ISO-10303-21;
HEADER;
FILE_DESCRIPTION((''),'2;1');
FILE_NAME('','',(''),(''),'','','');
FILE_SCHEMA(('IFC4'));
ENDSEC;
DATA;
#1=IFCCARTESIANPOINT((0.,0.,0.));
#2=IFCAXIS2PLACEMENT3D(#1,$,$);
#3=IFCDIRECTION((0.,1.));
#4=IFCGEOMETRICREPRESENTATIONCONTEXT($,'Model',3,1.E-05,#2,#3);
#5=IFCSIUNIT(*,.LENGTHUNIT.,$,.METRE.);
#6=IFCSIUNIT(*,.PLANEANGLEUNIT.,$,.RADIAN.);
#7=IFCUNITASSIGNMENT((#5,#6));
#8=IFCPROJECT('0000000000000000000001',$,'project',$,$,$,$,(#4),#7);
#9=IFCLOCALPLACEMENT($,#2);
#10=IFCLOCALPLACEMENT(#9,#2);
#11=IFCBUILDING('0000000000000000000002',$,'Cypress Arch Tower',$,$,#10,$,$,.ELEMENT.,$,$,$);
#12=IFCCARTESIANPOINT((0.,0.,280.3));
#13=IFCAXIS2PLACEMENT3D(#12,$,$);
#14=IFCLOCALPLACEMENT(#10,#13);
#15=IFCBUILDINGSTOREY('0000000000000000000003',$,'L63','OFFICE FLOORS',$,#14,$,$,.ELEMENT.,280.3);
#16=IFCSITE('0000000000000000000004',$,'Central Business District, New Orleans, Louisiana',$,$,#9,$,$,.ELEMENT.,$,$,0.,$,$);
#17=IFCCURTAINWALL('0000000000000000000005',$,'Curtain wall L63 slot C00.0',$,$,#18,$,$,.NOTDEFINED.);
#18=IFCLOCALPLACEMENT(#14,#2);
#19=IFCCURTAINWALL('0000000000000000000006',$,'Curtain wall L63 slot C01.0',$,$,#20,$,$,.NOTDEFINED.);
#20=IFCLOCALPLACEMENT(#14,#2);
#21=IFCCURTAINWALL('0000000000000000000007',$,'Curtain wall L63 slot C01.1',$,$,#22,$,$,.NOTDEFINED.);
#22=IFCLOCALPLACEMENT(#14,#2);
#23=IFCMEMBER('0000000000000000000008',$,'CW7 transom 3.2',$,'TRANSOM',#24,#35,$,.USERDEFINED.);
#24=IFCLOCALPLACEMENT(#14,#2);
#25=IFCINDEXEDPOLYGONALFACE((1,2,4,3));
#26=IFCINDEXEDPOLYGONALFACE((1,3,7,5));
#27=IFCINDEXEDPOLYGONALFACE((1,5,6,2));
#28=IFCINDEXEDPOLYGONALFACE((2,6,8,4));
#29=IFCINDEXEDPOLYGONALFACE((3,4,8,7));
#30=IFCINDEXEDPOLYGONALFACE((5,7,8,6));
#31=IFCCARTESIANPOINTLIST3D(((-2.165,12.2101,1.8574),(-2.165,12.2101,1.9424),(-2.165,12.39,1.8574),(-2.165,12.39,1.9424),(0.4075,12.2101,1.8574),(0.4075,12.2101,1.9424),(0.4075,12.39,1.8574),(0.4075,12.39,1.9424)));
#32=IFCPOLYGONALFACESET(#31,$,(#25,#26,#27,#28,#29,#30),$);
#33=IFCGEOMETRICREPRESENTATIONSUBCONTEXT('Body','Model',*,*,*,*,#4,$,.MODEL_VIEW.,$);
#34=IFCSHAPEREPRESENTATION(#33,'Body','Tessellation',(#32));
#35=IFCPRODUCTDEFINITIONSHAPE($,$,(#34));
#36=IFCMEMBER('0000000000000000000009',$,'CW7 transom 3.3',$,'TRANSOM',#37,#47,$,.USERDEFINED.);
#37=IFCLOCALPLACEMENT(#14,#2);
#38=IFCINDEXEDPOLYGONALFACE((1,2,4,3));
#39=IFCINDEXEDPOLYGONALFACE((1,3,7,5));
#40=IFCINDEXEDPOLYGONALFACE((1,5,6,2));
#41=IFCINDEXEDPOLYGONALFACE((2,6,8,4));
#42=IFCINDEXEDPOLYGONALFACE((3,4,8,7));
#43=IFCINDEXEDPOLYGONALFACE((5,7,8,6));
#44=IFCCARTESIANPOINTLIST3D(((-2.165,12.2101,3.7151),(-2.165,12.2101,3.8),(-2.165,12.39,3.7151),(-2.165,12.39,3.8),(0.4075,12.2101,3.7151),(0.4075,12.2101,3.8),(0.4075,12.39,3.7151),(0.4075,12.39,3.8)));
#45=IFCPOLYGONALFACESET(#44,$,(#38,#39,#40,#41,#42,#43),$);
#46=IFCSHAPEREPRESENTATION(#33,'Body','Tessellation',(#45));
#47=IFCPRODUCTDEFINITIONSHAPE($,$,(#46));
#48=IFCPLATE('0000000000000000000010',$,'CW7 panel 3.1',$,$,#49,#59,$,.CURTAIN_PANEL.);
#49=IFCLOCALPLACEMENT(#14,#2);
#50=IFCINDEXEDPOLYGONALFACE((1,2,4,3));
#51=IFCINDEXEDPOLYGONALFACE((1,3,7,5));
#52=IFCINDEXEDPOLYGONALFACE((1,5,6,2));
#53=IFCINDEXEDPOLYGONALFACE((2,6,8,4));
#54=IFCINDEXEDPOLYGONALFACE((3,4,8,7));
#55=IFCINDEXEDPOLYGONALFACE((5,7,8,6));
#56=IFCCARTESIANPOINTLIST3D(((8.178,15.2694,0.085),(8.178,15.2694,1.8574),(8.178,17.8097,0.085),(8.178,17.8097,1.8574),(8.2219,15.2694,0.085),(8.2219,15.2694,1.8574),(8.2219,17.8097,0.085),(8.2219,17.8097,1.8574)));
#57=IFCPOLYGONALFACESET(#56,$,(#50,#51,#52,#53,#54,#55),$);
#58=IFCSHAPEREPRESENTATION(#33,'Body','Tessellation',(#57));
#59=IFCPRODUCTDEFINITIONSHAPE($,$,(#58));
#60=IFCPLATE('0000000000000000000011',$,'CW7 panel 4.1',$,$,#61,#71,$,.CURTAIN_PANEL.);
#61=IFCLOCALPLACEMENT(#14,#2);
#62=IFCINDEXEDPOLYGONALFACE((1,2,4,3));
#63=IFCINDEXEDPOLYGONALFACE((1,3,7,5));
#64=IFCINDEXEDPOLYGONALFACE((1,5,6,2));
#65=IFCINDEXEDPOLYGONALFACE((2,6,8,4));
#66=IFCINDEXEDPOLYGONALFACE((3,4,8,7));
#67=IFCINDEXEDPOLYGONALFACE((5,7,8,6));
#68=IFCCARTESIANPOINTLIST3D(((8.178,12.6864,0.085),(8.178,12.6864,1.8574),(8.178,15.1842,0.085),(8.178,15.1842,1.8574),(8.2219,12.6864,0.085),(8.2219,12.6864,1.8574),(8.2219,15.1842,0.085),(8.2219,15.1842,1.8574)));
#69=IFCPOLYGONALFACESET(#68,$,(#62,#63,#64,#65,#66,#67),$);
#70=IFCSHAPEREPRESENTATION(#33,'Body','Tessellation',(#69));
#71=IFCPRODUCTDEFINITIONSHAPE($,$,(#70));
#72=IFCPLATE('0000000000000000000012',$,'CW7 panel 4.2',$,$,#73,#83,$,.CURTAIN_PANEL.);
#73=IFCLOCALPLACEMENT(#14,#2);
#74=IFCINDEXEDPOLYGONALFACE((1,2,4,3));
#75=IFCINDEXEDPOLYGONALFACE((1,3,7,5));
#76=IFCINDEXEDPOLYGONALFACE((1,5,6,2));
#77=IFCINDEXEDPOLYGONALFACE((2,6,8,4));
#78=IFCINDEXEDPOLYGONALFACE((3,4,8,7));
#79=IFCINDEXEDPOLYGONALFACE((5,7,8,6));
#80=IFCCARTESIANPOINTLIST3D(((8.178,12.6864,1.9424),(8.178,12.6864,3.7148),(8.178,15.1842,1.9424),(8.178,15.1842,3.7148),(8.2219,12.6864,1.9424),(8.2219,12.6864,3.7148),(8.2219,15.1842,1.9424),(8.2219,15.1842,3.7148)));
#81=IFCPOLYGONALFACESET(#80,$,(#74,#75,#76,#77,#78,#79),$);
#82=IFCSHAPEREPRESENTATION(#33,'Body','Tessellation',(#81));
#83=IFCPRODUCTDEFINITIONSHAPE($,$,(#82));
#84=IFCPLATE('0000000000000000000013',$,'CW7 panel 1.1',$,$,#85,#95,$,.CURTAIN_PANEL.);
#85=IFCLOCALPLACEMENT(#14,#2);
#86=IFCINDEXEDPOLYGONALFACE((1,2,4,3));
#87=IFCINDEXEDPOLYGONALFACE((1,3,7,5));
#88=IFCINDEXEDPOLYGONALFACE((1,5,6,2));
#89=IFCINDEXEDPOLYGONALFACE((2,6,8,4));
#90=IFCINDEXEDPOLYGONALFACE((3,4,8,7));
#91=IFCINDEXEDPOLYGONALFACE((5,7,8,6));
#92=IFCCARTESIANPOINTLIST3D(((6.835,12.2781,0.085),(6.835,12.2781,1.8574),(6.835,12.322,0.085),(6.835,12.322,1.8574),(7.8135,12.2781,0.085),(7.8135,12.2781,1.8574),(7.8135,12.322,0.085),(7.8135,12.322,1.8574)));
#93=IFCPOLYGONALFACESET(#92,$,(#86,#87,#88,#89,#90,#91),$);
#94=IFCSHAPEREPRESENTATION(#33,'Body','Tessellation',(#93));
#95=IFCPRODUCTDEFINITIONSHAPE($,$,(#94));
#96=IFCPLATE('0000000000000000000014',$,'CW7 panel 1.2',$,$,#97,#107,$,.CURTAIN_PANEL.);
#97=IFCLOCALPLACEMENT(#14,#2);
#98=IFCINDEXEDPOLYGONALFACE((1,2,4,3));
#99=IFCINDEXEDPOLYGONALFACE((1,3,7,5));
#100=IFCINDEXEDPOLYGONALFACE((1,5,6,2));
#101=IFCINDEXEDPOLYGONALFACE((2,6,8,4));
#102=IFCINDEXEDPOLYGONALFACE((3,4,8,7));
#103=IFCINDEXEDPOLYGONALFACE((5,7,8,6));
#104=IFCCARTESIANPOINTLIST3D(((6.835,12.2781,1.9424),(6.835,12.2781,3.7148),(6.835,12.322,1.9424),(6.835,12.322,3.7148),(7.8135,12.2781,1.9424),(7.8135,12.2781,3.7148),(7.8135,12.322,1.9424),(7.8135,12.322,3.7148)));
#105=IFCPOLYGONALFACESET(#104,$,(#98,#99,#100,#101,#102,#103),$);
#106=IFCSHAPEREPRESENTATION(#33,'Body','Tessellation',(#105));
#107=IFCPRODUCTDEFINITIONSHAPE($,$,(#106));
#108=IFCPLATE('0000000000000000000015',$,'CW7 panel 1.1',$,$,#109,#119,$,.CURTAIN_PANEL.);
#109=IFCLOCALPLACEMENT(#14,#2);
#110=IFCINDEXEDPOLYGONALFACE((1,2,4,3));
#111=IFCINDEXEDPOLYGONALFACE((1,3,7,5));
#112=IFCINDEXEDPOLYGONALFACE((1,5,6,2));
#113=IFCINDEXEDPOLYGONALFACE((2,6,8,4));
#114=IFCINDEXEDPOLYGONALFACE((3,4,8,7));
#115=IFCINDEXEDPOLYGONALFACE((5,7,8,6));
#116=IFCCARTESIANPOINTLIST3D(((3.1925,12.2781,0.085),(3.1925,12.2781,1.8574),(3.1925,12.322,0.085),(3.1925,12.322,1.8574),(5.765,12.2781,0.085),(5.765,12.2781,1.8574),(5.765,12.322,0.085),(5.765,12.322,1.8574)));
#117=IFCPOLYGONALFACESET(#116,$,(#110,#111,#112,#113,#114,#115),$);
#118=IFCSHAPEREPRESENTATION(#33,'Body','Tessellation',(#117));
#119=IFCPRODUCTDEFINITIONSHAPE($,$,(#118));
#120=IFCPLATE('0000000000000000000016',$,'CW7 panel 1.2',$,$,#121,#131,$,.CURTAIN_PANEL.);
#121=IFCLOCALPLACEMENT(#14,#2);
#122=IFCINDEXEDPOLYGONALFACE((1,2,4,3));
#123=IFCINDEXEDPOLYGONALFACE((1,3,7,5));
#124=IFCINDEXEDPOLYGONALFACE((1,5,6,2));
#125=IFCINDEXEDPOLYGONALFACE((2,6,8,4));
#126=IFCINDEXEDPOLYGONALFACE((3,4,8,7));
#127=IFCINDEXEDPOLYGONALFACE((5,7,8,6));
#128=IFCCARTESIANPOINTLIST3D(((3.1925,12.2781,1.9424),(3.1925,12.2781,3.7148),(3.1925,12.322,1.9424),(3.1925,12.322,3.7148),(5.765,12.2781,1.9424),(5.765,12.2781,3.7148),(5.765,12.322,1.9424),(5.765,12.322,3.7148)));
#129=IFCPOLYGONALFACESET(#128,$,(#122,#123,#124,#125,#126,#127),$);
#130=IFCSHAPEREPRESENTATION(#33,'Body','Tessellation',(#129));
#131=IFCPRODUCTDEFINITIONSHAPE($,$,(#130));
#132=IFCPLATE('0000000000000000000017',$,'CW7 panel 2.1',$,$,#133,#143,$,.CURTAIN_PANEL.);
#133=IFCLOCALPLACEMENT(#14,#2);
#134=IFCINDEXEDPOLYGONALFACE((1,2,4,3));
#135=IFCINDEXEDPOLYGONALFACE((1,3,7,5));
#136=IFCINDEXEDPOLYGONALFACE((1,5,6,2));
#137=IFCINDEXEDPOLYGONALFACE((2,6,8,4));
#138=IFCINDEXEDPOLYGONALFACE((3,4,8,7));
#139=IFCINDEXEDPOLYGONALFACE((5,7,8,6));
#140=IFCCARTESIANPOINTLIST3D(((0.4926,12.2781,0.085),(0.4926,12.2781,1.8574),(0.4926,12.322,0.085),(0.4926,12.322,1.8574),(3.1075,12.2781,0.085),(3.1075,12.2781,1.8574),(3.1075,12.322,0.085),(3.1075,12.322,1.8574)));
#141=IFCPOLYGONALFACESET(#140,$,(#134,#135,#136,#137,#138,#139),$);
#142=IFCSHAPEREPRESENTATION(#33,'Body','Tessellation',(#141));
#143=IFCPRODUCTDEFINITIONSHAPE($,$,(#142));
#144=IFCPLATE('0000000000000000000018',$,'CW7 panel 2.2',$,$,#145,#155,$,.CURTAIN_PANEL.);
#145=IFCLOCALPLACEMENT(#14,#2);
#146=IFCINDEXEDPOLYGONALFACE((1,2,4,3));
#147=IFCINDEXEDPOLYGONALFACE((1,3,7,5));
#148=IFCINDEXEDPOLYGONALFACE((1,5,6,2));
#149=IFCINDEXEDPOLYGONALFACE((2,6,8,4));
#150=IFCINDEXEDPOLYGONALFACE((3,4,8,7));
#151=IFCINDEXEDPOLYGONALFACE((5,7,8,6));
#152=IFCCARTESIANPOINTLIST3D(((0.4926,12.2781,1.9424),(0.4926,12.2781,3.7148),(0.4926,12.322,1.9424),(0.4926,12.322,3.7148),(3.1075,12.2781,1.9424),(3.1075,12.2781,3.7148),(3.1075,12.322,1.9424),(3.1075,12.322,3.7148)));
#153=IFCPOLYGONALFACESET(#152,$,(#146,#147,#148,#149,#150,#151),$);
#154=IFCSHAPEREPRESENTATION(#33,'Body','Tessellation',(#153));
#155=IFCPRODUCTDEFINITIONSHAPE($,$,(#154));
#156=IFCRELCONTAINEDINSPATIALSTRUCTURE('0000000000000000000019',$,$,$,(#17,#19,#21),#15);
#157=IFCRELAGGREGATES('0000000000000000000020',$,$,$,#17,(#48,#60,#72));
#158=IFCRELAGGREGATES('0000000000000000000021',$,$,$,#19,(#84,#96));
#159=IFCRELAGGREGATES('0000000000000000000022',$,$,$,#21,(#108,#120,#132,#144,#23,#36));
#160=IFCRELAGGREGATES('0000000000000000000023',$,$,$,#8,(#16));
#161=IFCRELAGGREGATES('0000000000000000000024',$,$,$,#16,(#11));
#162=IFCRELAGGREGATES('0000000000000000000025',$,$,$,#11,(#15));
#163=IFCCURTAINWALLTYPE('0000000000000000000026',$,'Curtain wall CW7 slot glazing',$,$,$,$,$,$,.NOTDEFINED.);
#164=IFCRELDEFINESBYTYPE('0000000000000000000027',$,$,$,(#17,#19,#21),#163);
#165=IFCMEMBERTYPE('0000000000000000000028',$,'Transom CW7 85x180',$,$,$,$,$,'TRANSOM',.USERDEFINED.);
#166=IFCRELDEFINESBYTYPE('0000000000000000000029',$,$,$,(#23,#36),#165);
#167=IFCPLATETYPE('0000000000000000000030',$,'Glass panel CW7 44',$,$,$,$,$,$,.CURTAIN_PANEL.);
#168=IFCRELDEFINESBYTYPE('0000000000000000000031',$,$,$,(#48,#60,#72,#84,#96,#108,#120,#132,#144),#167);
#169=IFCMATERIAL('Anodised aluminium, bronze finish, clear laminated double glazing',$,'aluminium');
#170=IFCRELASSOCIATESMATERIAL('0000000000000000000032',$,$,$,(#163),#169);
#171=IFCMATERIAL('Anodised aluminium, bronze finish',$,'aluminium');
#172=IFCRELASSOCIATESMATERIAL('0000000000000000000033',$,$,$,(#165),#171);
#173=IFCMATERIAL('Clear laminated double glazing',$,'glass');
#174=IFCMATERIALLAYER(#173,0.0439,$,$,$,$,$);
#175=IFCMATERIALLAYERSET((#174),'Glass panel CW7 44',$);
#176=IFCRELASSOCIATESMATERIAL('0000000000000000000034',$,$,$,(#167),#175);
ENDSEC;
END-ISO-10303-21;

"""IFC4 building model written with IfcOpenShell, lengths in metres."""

from ifc_helpers import new_model, si_unit, direction, frame, origin, origin_2d, place, context, subcontext, project, spatial, rectangle, extrude, material, layer, layer_set, material_profile, profile_set, type_object, element, aggregate, save


model = new_model("IFC4")

# Units and contexts
model_context = context("Model", 3, precision=1e-05, world=origin(), true_north=direction((0.0, 1.0)))
body_context = subcontext(model_context, "Body", "Model", "MODEL_VIEW")
ifc_project = project(units=[si_unit("LENGTHUNIT", "METRE"), si_unit("PLANEANGLEUNIT", "RADIAN")], contexts=[model_context])

# Site, building, storey
site_placement = place(None, origin())
site = spatial("IfcSite", under=ifc_project, at=site_placement, Name="Central Business District, New Orleans, Louisiana", CompositionType="ELEMENT", RefElevation=0.0)
building_placement = place(site_placement, origin())
building = spatial("IfcBuilding", under=site, at=building_placement, Name="Cypress Arch Tower", CompositionType="ELEMENT")
storey_placement = place(building_placement, frame((0.0, 0.0, 280.3)))
storey = spatial("IfcBuildingStorey", under=building, at=storey_placement, Name="L63", Description="OFFICE FLOORS", CompositionType="ELEMENT", Elevation=280.3)

# Curtain walls
ifc_material_1 = material(Name="Anodised aluminium, bronze finish, clear laminated double glazing", Category="aluminium")
curtain_wall_type = type_object("IfcCurtainWallType", Name="Curtain wall CW7 slot glazing", PredefinedType="NOTDEFINED", material=ifc_material_1)
curtain_wall_1_placement = place(storey_placement, origin())
curtain_wall_1 = element("IfcCurtainWall", 1, at=curtain_wall_1_placement, inside=storey, type_object=curtain_wall_type, Name="Curtain wall L63 slot C00.0", PredefinedType="NOTDEFINED")
curtain_wall_2_placement = place(storey_placement, origin())
curtain_wall_2 = element("IfcCurtainWall", 2, at=curtain_wall_2_placement, inside=storey, type_object=curtain_wall_type, Name="Curtain wall L63 slot C01.0", PredefinedType="NOTDEFINED")
curtain_wall_3_placement = place(storey_placement, origin())
curtain_wall_3 = element("IfcCurtainWall", 3, at=curtain_wall_3_placement, inside=storey, type_object=curtain_wall_type, Name="Curtain wall L63 slot C01.1", PredefinedType="NOTDEFINED")

# Members
ifc_material_2 = material(Name="Anodised aluminium, bronze finish", Category="aluminium")
ifc_material_profile_1 = material_profile(ifc_material_2, rectangle(XDim=0.1799, YDim=0.085, at=origin_2d()), Name="Transom 85x180")
ifc_profile_set_1 = profile_set([ifc_material_profile_1], Name="Anodised aluminium, bronze finish")
member_type_1 = type_object("IfcMemberType", Name="Transom CW7 85x180", ElementType="TRANSOM", PredefinedType="USERDEFINED", material=ifc_profile_set_1)
member_1_placement = place(storey_placement, frame((0.4075, 12.3, 1.8999), z_axis=(-1.0, 0.0, 0.0), x_axis=(0.0, -1.0, 0.0)))
member_1 = element("IfcMember", 4, at=member_1_placement, type_object=member_type_1, Name="CW7 transom 3.2", ObjectType="TRANSOM", PredefinedType="USERDEFINED", context=body_context, shape_type="SweptSolid", body=[
    extrude(rectangle(XDim=0.1799, YDim=0.085, at=origin_2d()), origin(), (0.0, 0.0, 1.0), 2.5725),
])
member_2_placement = place(storey_placement, frame((0.4075, 12.3, 3.7576), z_axis=(-1.0, 0.0, 0.0), x_axis=(0.0, -1.0, 0.0)))
member_2 = element("IfcMember", 5, at=member_2_placement, type_object=member_type_1, Name="CW7 transom 3.3", ObjectType="TRANSOM", PredefinedType="USERDEFINED", context=body_context, shape_type="SweptSolid", body=[
    extrude(rectangle(XDim=0.1799, YDim=0.085, at=origin_2d()), origin(), (0.0, 0.0, 1.0), 2.5725),
])

# Plates
ifc_material_3 = material(Name="Clear laminated double glazing", Category="glass")
ifc_layer = layer(ifc_material_3, 0.0439)
ifc_layer_set = layer_set([ifc_layer], Name="Glass panel CW7 44")
plate_type = type_object("IfcPlateType", Name="Glass panel CW7 44", PredefinedType="CURTAIN_PANEL", material=ifc_layer_set)
plate_1_placement = place(storey_placement, frame((8.2, 16.5396, 0.085), z_axis=(0.0, 0.0, 1.0), x_axis=(0.0, -1.0, 0.0)))
plate_1 = element("IfcPlate", 6, at=plate_1_placement, type_object=plate_type, Name="CW7 panel 3.1", PredefinedType="CURTAIN_PANEL", context=body_context, shape_type="SweptSolid", body=[
    extrude(rectangle(XDim=2.5403, YDim=0.0439, at=origin_2d()), origin(), (0.0, 0.0, 1.0), 1.7725),
])
plate_2_placement = place(storey_placement, frame((8.2, 13.9353, 0.085), z_axis=(0.0, 0.0, 1.0), x_axis=(0.0, -1.0, 0.0)))
plate_2 = element("IfcPlate", 7, at=plate_2_placement, type_object=plate_type, Name="CW7 panel 4.1", PredefinedType="CURTAIN_PANEL", context=body_context, shape_type="SweptSolid", body=[
    extrude(rectangle(XDim=2.4978, YDim=0.0439, at=origin_2d()), origin(), (0.0, 0.0, 1.0), 1.7725),
])
plate_3_placement = place(storey_placement, frame((8.2, 13.9353, 1.9424), z_axis=(0.0, 0.0, 1.0), x_axis=(0.0, -1.0, 0.0)))
plate_3 = element("IfcPlate", 8, at=plate_3_placement, type_object=plate_type, Name="CW7 panel 4.2", PredefinedType="CURTAIN_PANEL", context=body_context, shape_type="SweptSolid", body=[
    extrude(rectangle(XDim=2.4978, YDim=0.0439, at=origin_2d()), origin(), (0.0, 0.0, 1.0), 1.7725),
])
aggregate(curtain_wall_1, [plate_1, plate_2, plate_3])
plate_4_placement = place(storey_placement, frame((7.3242, 12.3, 0.085), z_axis=(0.0, 0.0, 1.0), x_axis=(-1.0, 0.0, 0.0)))
plate_4 = element("IfcPlate", 9, at=plate_4_placement, type_object=plate_type, Name="CW7 panel 1.1", PredefinedType="CURTAIN_PANEL", context=body_context, shape_type="SweptSolid", body=[
    extrude(rectangle(XDim=0.9785, YDim=0.0439, at=origin_2d()), origin(), (0.0, 0.0, 1.0), 1.7725),
])
plate_5_placement = place(storey_placement, frame((7.3242, 12.3, 1.9424), z_axis=(0.0, 0.0, 1.0), x_axis=(-1.0, 0.0, 0.0)))
plate_5 = element("IfcPlate", 10, at=plate_5_placement, type_object=plate_type, Name="CW7 panel 1.2", PredefinedType="CURTAIN_PANEL", context=body_context, shape_type="SweptSolid", body=[
    extrude(rectangle(XDim=0.9785, YDim=0.0439, at=origin_2d()), origin(), (0.0, 0.0, 1.0), 1.7725),
])
aggregate(curtain_wall_2, [plate_4, plate_5])
plate_6_placement = place(storey_placement, frame((4.4788, 12.3, 0.085), z_axis=(0.0, 0.0, 1.0), x_axis=(-1.0, 0.0, 0.0)))
plate_6 = element("IfcPlate", 11, at=plate_6_placement, type_object=plate_type, Name="CW7 panel 1.1", PredefinedType="CURTAIN_PANEL", context=body_context, shape_type="SweptSolid", body=[
    extrude(rectangle(XDim=2.5725, YDim=0.0439, at=origin_2d()), origin(), (0.0, 0.0, 1.0), 1.7725),
])
plate_7_placement = place(storey_placement, frame((4.4788, 12.3, 1.9424), z_axis=(0.0, 0.0, 1.0), x_axis=(-1.0, 0.0, 0.0)))
plate_7 = element("IfcPlate", 12, at=plate_7_placement, type_object=plate_type, Name="CW7 panel 1.2", PredefinedType="CURTAIN_PANEL", context=body_context, shape_type="SweptSolid", body=[
    extrude(rectangle(XDim=2.5725, YDim=0.0439, at=origin_2d()), origin(), (0.0, 0.0, 1.0), 1.7725),
])
plate_8_placement = place(storey_placement, frame((1.8, 12.3, 0.085), z_axis=(0.0, 0.0, 1.0), x_axis=(-1.0, 0.0, 0.0)))
plate_8 = element("IfcPlate", 13, at=plate_8_placement, type_object=plate_type, Name="CW7 panel 2.1", PredefinedType="CURTAIN_PANEL", context=body_context, shape_type="SweptSolid", body=[
    extrude(rectangle(XDim=2.615, YDim=0.0439, at=origin_2d()), origin(), (0.0, 0.0, 1.0), 1.7725),
])
plate_9_placement = place(storey_placement, frame((1.8, 12.3, 1.9424), z_axis=(0.0, 0.0, 1.0), x_axis=(-1.0, 0.0, 0.0)))
plate_9 = element("IfcPlate", 14, at=plate_9_placement, type_object=plate_type, Name="CW7 panel 2.2", PredefinedType="CURTAIN_PANEL", context=body_context, shape_type="SweptSolid", body=[
    extrude(rectangle(XDim=2.615, YDim=0.0439, at=origin_2d()), origin(), (0.0, 0.0, 1.0), 1.7725),
])
aggregate(curtain_wall_3, [plate_6, plate_7, plate_8, plate_9, member_1, member_2])

save(model, "model.ifc")
